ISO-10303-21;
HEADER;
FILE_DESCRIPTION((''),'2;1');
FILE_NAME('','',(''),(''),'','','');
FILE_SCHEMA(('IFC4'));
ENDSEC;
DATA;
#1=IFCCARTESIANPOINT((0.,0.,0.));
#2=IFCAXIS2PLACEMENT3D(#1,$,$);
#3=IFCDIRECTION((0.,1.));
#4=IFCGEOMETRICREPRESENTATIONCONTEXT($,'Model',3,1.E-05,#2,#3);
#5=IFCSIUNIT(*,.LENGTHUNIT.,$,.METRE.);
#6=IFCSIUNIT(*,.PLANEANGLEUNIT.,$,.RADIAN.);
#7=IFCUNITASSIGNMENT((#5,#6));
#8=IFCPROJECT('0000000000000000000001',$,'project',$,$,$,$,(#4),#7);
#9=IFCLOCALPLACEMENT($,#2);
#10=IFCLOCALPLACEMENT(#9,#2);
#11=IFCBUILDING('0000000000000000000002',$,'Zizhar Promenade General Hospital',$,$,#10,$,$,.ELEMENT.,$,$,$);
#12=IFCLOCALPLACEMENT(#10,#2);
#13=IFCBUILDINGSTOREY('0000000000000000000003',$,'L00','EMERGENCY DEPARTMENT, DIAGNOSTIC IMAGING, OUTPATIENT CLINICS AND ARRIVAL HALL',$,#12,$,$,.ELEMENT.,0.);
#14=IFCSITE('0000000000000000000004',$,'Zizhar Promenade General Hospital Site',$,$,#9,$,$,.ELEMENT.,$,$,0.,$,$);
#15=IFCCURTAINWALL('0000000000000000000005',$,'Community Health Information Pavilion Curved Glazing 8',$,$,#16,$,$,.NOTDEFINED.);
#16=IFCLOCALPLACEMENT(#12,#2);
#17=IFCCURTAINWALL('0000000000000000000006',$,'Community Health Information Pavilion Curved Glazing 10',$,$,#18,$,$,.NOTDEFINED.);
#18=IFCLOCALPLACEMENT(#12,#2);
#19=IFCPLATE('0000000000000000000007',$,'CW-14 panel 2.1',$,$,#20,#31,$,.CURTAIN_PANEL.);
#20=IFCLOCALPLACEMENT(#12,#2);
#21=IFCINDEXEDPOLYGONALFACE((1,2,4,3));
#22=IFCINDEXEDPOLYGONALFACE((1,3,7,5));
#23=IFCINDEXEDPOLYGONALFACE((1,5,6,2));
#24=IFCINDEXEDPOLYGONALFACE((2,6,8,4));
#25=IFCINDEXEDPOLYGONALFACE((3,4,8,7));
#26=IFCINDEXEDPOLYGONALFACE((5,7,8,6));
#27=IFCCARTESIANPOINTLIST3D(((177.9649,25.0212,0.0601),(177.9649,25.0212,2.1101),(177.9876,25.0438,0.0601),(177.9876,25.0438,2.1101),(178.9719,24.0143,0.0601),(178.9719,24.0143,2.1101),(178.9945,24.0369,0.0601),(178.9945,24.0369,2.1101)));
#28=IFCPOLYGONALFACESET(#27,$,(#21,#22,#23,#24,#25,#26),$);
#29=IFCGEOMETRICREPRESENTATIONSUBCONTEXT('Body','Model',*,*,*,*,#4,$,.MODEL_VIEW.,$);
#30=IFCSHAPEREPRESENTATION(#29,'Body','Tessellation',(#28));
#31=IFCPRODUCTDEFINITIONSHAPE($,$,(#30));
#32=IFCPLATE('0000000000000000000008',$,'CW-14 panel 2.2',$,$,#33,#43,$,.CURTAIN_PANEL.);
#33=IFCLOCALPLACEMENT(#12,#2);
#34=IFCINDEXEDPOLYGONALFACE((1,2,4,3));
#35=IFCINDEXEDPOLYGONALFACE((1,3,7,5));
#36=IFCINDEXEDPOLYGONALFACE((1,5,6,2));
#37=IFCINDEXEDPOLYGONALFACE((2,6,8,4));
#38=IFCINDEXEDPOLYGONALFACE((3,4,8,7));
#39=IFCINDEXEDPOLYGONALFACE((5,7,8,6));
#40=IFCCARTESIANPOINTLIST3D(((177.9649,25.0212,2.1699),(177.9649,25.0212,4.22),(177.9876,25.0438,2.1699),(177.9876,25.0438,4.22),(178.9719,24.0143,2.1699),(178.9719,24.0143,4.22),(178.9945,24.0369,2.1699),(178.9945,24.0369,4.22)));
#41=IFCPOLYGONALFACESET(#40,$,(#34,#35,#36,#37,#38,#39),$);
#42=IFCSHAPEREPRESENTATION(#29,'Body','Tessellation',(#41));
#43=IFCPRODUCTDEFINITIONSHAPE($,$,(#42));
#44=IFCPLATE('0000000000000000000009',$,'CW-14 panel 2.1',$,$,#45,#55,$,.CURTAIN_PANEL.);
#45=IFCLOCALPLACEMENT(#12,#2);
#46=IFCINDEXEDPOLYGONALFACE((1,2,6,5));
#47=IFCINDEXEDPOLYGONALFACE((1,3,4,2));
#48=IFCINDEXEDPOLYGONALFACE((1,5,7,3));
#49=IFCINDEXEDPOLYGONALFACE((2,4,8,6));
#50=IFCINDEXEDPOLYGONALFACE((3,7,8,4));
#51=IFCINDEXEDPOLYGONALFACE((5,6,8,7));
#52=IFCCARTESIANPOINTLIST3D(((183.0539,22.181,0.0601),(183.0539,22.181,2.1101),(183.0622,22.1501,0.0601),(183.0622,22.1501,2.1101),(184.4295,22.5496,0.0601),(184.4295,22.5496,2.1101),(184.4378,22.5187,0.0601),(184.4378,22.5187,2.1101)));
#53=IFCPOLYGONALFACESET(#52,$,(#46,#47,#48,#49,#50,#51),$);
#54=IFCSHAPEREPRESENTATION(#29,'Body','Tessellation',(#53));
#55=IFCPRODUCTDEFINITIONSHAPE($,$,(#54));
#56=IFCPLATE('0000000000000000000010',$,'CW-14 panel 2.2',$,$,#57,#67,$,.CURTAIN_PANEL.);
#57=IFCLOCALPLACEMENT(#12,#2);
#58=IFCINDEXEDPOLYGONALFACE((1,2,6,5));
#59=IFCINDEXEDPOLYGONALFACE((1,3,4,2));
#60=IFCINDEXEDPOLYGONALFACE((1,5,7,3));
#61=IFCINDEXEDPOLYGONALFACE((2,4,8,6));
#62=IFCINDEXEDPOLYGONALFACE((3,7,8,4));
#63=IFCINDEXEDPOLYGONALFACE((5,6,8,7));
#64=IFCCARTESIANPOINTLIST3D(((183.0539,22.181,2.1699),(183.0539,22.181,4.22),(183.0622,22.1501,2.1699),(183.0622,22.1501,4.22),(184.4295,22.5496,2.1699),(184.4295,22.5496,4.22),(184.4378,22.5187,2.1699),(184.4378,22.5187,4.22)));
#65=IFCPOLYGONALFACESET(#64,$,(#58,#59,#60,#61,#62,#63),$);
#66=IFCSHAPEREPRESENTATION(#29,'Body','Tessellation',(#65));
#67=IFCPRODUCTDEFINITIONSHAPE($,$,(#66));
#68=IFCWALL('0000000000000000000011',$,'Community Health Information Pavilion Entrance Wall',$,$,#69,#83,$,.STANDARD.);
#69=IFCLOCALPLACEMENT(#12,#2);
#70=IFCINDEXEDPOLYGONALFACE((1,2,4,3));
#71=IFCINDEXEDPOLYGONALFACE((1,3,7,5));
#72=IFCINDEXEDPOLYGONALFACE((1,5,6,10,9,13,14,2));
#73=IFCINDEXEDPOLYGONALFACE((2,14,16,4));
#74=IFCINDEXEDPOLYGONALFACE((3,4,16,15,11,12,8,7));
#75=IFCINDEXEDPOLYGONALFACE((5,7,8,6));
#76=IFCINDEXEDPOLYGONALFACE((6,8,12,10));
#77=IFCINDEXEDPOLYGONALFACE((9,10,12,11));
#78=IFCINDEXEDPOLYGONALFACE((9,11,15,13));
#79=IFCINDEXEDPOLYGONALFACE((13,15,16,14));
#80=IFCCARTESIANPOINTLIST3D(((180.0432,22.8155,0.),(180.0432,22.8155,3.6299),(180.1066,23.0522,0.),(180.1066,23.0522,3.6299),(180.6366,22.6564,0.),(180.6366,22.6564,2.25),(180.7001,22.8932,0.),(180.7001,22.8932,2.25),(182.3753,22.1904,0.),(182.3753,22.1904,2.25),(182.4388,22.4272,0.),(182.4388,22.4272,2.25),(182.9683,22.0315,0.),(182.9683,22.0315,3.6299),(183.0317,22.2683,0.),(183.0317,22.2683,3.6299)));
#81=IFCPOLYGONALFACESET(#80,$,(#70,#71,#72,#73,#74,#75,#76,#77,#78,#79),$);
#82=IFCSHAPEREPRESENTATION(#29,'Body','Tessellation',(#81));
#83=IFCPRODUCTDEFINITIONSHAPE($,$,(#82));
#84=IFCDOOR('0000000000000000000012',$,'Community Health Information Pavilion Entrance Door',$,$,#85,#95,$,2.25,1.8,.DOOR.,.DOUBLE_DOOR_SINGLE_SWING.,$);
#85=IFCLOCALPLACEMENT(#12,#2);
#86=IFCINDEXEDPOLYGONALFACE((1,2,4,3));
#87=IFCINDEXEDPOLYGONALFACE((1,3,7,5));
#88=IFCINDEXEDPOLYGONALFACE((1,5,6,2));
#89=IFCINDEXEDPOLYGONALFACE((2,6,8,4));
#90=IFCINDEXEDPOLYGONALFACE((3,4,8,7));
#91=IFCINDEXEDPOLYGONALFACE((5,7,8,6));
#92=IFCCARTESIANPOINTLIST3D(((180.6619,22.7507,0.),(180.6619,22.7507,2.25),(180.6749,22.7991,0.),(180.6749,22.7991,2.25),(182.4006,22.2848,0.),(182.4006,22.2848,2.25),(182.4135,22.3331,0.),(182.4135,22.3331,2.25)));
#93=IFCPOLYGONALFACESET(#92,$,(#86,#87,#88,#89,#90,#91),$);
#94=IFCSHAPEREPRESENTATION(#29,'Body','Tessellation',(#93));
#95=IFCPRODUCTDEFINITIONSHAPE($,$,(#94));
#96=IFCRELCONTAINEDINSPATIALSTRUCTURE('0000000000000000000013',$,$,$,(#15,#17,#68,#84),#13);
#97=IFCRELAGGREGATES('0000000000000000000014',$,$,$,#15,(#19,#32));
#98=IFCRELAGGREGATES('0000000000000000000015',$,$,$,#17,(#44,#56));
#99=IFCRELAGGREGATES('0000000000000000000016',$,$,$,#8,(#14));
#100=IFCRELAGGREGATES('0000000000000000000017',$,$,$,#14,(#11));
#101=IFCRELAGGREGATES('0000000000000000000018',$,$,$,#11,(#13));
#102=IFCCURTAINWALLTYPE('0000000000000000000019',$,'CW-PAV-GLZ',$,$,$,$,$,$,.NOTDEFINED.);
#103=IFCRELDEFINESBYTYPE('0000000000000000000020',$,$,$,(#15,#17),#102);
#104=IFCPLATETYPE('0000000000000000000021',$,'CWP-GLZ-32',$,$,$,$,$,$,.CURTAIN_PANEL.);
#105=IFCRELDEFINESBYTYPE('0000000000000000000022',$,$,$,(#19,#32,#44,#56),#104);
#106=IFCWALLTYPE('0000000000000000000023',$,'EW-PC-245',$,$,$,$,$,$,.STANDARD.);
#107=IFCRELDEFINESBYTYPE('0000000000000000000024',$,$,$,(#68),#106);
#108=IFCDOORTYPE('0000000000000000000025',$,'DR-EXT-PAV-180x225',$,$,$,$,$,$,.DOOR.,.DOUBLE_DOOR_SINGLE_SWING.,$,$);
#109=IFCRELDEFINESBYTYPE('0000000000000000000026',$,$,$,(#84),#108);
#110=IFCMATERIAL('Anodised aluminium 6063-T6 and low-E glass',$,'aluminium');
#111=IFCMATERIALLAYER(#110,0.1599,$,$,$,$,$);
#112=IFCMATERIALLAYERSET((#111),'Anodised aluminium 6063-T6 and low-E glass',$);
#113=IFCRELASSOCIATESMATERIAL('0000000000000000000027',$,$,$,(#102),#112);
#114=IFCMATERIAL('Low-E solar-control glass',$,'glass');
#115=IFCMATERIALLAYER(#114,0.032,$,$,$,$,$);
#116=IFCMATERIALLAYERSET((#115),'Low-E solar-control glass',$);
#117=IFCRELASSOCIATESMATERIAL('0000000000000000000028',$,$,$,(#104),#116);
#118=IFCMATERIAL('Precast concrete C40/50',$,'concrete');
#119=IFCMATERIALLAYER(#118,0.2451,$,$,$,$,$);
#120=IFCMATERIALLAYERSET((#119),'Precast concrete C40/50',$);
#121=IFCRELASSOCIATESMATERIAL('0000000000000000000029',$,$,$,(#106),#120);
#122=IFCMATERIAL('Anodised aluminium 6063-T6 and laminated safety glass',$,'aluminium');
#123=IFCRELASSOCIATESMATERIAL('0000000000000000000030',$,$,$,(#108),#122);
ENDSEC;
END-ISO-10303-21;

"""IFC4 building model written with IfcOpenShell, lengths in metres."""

from ifc_helpers import new_model, si_unit, direction, frame, frame_2d, origin, origin_2d, place, context, subcontext, project, spatial, rectangle, extrude, material, layer, layer_set, type_object, element, fill, aggregate, save


model = new_model("IFC4")

# Units and contexts
model_context = context("Model", 3, precision=1e-05, world=origin(), true_north=direction((0.0, 1.0)))
body_context = subcontext(model_context, "Body", "Model", "MODEL_VIEW")
ifc_project = project(units=[si_unit("LENGTHUNIT", "METRE"), si_unit("PLANEANGLEUNIT", "RADIAN")], contexts=[model_context])

# Site, building, storey
site_placement = place(None, origin())
site = spatial("IfcSite", under=ifc_project, at=site_placement, Name="Zizhar Promenade General Hospital Site", CompositionType="ELEMENT", RefElevation=0.0)
building_placement = place(site_placement, origin())
building = spatial("IfcBuilding", under=site, at=building_placement, Name="Zizhar Promenade General Hospital", CompositionType="ELEMENT")
storey_placement = place(building_placement, origin())
storey = spatial("IfcBuildingStorey", under=building, at=storey_placement, Name="L00", Description="EMERGENCY DEPARTMENT, DIAGNOSTIC IMAGING, OUTPATIENT CLINICS AND ARRIVAL HALL", CompositionType="ELEMENT", Elevation=0.0)

# Curtain wall
ifc_material_1 = material(Name="Anodised aluminium 6063-T6 and low-E glass", Category="aluminium")
ifc_layer_1 = layer(ifc_material_1, 0.1599)
ifc_layer_set_1 = layer_set([ifc_layer_1], Name="Anodised aluminium 6063-T6 and low-E glass")
curtain_wall_type = type_object("IfcCurtainWallType", Name="CW-PAV-GLZ", PredefinedType="NOTDEFINED", material=ifc_layer_set_1)
curtain_wall_1_placement = place(storey_placement, origin())
curtain_wall_1 = element("IfcCurtainWall", 1, at=curtain_wall_1_placement, inside=storey, type_object=curtain_wall_type, Name="Community Health Information Pavilion Curved Glazing 8", PredefinedType="NOTDEFINED")

# Curtain wall
curtain_wall_2_placement = place(storey_placement, origin())
curtain_wall_2 = element("IfcCurtainWall", 2, at=curtain_wall_2_placement, inside=storey, type_object=curtain_wall_type, Name="Community Health Information Pavilion Curved Glazing 10", PredefinedType="NOTDEFINED")

# Plates
ifc_material_2 = material(Name="Low-E solar-control glass", Category="glass")
ifc_layer_2 = layer(ifc_material_2, 0.032)
ifc_layer_set_2 = layer_set([ifc_layer_2], Name="Low-E solar-control glass")
plate_type = type_object("IfcPlateType", Name="CWP-GLZ-32", PredefinedType="CURTAIN_PANEL", material=ifc_layer_set_2)
plate_1_placement = place(storey_placement, frame((178.4797, 24.5291, 0.0601), z_axis=(0.0, 0.0, 1.0), x_axis=(-0.707107, 0.707107, 0.0)))
plate_1 = element("IfcPlate", 3, at=plate_1_placement, type_object=plate_type, Name="CW-14 panel 2.1", PredefinedType="CURTAIN_PANEL", context=body_context, shape_type="SweptSolid", body=[
    extrude(rectangle(XDim=1.4241, YDim=0.032, at=origin_2d()), origin(), (0.0, 0.0, 1.0), 2.05),
])
plate_2_placement = place(storey_placement, frame((178.4797, 24.5291, 2.1699), z_axis=(0.0, 0.0, 1.0), x_axis=(-0.707107, 0.707107, 0.0)))
plate_2 = element("IfcPlate", 4, at=plate_2_placement, type_object=plate_type, Name="CW-14 panel 2.2", PredefinedType="CURTAIN_PANEL", context=body_context, shape_type="SweptSolid", body=[
    extrude(rectangle(XDim=1.4241, YDim=0.032, at=origin_2d()), origin(), (0.0, 0.0, 1.0), 2.05),
])
aggregate(curtain_wall_1, [plate_1, plate_2])
plate_3_placement = place(storey_placement, frame((183.7458, 22.3499, 0.0601), z_axis=(0.0, 0.0, 1.0), x_axis=(-0.965922, -0.258834, 0.0)))
plate_3 = element("IfcPlate", 5, at=plate_3_placement, type_object=plate_type, Name="CW-14 panel 2.1", PredefinedType="CURTAIN_PANEL", context=body_context, shape_type="SweptSolid", body=[
    extrude(rectangle(XDim=1.4241, YDim=0.032, at=origin_2d()), origin(), (0.0, 0.0, 1.0), 2.05),
])
plate_4_placement = place(storey_placement, frame((183.7458, 22.3499, 2.1699), z_axis=(0.0, 0.0, 1.0), x_axis=(-0.965922, -0.258834, 0.0)))
plate_4 = element("IfcPlate", 6, at=plate_4_placement, type_object=plate_type, Name="CW-14 panel 2.2", PredefinedType="CURTAIN_PANEL", context=body_context, shape_type="SweptSolid", body=[
    extrude(rectangle(XDim=1.4241, YDim=0.032, at=origin_2d()), origin(), (0.0, 0.0, 1.0), 2.05),
])
aggregate(curtain_wall_2, [plate_3, plate_4])

# Wall, opening, door
ifc_material_3 = material(Name="Precast concrete C40/50", Category="concrete")
ifc_layer_3 = layer(ifc_material_3, 0.2451)
ifc_layer_set_3 = layer_set([ifc_layer_3], Name="Precast concrete C40/50")
wall_type = type_object("IfcWallType", Name="EW-PC-245", PredefinedType="STANDARD", material=ifc_layer_set_3)
wall_placement = place(storey_placement, frame((183.0, 22.1499, 0.0), z_axis=(0.0, 0.0, 1.0), x_axis=(-0.965912, 0.258872, 0.0)))
wall = element("IfcWall", 7, at=wall_placement, inside=storey, type_object=wall_type, Name="Community Health Information Pavilion Entrance Wall", PredefinedType="STANDARD", context=body_context, shape_type="SweptSolid", body=[
    extrude(rectangle(XDim=3.0283, YDim=0.2451, at=frame_2d((1.5142, 0.0))), origin(), (0.0, 0.0, 1.0), 3.6299),
])
opening_placement = place(wall_placement, frame((0.614, 0.0, 0.0)))
opening = element("IfcOpeningElement", 8, at=opening_placement, cuts=wall, PredefinedType="OPENING", context=body_context, shape_type="SweptSolid", body=[
    extrude(rectangle(XDim=1.8, YDim=2.25, at=frame_2d((0.8999, 1.125))), frame((0.0, 0.1326, 0.0), z_axis=(0.0, -1.0, 0.0), x_axis=(1.0, 0.0, 0.0)), (0.0, 0.0, 1.0), 0.2651),
])
ifc_material_4 = material(Name="Anodised aluminium 6063-T6 and laminated safety glass", Category="aluminium")
door_type = type_object("IfcDoorType", Name="DR-EXT-PAV-180x225", OperationType="DOUBLE_DOOR_SINGLE_SWING", PredefinedType="DOOR", material=ifc_material_4)
door_placement = place(opening_placement, origin())
door = element("IfcDoor", 9, at=door_placement, inside=storey, type_object=door_type, Name="Community Health Information Pavilion Entrance Door", OperationType="DOUBLE_DOOR_SINGLE_SWING", OverallHeight=2.25, OverallWidth=1.8, PredefinedType="DOOR", context=body_context, shape_type="SweptSolid", body=[
    extrude(rectangle(XDim=1.8, YDim=2.25, at=frame_2d((0.8999, 1.125))), frame((0.0, 0.0249, 0.0), z_axis=(0.0, -1.0, 0.0), x_axis=(1.0, 0.0, 0.0)), (0.0, 0.0, 1.0), 0.05),
])
fill(opening, door)

save(model, "model.ifc")
